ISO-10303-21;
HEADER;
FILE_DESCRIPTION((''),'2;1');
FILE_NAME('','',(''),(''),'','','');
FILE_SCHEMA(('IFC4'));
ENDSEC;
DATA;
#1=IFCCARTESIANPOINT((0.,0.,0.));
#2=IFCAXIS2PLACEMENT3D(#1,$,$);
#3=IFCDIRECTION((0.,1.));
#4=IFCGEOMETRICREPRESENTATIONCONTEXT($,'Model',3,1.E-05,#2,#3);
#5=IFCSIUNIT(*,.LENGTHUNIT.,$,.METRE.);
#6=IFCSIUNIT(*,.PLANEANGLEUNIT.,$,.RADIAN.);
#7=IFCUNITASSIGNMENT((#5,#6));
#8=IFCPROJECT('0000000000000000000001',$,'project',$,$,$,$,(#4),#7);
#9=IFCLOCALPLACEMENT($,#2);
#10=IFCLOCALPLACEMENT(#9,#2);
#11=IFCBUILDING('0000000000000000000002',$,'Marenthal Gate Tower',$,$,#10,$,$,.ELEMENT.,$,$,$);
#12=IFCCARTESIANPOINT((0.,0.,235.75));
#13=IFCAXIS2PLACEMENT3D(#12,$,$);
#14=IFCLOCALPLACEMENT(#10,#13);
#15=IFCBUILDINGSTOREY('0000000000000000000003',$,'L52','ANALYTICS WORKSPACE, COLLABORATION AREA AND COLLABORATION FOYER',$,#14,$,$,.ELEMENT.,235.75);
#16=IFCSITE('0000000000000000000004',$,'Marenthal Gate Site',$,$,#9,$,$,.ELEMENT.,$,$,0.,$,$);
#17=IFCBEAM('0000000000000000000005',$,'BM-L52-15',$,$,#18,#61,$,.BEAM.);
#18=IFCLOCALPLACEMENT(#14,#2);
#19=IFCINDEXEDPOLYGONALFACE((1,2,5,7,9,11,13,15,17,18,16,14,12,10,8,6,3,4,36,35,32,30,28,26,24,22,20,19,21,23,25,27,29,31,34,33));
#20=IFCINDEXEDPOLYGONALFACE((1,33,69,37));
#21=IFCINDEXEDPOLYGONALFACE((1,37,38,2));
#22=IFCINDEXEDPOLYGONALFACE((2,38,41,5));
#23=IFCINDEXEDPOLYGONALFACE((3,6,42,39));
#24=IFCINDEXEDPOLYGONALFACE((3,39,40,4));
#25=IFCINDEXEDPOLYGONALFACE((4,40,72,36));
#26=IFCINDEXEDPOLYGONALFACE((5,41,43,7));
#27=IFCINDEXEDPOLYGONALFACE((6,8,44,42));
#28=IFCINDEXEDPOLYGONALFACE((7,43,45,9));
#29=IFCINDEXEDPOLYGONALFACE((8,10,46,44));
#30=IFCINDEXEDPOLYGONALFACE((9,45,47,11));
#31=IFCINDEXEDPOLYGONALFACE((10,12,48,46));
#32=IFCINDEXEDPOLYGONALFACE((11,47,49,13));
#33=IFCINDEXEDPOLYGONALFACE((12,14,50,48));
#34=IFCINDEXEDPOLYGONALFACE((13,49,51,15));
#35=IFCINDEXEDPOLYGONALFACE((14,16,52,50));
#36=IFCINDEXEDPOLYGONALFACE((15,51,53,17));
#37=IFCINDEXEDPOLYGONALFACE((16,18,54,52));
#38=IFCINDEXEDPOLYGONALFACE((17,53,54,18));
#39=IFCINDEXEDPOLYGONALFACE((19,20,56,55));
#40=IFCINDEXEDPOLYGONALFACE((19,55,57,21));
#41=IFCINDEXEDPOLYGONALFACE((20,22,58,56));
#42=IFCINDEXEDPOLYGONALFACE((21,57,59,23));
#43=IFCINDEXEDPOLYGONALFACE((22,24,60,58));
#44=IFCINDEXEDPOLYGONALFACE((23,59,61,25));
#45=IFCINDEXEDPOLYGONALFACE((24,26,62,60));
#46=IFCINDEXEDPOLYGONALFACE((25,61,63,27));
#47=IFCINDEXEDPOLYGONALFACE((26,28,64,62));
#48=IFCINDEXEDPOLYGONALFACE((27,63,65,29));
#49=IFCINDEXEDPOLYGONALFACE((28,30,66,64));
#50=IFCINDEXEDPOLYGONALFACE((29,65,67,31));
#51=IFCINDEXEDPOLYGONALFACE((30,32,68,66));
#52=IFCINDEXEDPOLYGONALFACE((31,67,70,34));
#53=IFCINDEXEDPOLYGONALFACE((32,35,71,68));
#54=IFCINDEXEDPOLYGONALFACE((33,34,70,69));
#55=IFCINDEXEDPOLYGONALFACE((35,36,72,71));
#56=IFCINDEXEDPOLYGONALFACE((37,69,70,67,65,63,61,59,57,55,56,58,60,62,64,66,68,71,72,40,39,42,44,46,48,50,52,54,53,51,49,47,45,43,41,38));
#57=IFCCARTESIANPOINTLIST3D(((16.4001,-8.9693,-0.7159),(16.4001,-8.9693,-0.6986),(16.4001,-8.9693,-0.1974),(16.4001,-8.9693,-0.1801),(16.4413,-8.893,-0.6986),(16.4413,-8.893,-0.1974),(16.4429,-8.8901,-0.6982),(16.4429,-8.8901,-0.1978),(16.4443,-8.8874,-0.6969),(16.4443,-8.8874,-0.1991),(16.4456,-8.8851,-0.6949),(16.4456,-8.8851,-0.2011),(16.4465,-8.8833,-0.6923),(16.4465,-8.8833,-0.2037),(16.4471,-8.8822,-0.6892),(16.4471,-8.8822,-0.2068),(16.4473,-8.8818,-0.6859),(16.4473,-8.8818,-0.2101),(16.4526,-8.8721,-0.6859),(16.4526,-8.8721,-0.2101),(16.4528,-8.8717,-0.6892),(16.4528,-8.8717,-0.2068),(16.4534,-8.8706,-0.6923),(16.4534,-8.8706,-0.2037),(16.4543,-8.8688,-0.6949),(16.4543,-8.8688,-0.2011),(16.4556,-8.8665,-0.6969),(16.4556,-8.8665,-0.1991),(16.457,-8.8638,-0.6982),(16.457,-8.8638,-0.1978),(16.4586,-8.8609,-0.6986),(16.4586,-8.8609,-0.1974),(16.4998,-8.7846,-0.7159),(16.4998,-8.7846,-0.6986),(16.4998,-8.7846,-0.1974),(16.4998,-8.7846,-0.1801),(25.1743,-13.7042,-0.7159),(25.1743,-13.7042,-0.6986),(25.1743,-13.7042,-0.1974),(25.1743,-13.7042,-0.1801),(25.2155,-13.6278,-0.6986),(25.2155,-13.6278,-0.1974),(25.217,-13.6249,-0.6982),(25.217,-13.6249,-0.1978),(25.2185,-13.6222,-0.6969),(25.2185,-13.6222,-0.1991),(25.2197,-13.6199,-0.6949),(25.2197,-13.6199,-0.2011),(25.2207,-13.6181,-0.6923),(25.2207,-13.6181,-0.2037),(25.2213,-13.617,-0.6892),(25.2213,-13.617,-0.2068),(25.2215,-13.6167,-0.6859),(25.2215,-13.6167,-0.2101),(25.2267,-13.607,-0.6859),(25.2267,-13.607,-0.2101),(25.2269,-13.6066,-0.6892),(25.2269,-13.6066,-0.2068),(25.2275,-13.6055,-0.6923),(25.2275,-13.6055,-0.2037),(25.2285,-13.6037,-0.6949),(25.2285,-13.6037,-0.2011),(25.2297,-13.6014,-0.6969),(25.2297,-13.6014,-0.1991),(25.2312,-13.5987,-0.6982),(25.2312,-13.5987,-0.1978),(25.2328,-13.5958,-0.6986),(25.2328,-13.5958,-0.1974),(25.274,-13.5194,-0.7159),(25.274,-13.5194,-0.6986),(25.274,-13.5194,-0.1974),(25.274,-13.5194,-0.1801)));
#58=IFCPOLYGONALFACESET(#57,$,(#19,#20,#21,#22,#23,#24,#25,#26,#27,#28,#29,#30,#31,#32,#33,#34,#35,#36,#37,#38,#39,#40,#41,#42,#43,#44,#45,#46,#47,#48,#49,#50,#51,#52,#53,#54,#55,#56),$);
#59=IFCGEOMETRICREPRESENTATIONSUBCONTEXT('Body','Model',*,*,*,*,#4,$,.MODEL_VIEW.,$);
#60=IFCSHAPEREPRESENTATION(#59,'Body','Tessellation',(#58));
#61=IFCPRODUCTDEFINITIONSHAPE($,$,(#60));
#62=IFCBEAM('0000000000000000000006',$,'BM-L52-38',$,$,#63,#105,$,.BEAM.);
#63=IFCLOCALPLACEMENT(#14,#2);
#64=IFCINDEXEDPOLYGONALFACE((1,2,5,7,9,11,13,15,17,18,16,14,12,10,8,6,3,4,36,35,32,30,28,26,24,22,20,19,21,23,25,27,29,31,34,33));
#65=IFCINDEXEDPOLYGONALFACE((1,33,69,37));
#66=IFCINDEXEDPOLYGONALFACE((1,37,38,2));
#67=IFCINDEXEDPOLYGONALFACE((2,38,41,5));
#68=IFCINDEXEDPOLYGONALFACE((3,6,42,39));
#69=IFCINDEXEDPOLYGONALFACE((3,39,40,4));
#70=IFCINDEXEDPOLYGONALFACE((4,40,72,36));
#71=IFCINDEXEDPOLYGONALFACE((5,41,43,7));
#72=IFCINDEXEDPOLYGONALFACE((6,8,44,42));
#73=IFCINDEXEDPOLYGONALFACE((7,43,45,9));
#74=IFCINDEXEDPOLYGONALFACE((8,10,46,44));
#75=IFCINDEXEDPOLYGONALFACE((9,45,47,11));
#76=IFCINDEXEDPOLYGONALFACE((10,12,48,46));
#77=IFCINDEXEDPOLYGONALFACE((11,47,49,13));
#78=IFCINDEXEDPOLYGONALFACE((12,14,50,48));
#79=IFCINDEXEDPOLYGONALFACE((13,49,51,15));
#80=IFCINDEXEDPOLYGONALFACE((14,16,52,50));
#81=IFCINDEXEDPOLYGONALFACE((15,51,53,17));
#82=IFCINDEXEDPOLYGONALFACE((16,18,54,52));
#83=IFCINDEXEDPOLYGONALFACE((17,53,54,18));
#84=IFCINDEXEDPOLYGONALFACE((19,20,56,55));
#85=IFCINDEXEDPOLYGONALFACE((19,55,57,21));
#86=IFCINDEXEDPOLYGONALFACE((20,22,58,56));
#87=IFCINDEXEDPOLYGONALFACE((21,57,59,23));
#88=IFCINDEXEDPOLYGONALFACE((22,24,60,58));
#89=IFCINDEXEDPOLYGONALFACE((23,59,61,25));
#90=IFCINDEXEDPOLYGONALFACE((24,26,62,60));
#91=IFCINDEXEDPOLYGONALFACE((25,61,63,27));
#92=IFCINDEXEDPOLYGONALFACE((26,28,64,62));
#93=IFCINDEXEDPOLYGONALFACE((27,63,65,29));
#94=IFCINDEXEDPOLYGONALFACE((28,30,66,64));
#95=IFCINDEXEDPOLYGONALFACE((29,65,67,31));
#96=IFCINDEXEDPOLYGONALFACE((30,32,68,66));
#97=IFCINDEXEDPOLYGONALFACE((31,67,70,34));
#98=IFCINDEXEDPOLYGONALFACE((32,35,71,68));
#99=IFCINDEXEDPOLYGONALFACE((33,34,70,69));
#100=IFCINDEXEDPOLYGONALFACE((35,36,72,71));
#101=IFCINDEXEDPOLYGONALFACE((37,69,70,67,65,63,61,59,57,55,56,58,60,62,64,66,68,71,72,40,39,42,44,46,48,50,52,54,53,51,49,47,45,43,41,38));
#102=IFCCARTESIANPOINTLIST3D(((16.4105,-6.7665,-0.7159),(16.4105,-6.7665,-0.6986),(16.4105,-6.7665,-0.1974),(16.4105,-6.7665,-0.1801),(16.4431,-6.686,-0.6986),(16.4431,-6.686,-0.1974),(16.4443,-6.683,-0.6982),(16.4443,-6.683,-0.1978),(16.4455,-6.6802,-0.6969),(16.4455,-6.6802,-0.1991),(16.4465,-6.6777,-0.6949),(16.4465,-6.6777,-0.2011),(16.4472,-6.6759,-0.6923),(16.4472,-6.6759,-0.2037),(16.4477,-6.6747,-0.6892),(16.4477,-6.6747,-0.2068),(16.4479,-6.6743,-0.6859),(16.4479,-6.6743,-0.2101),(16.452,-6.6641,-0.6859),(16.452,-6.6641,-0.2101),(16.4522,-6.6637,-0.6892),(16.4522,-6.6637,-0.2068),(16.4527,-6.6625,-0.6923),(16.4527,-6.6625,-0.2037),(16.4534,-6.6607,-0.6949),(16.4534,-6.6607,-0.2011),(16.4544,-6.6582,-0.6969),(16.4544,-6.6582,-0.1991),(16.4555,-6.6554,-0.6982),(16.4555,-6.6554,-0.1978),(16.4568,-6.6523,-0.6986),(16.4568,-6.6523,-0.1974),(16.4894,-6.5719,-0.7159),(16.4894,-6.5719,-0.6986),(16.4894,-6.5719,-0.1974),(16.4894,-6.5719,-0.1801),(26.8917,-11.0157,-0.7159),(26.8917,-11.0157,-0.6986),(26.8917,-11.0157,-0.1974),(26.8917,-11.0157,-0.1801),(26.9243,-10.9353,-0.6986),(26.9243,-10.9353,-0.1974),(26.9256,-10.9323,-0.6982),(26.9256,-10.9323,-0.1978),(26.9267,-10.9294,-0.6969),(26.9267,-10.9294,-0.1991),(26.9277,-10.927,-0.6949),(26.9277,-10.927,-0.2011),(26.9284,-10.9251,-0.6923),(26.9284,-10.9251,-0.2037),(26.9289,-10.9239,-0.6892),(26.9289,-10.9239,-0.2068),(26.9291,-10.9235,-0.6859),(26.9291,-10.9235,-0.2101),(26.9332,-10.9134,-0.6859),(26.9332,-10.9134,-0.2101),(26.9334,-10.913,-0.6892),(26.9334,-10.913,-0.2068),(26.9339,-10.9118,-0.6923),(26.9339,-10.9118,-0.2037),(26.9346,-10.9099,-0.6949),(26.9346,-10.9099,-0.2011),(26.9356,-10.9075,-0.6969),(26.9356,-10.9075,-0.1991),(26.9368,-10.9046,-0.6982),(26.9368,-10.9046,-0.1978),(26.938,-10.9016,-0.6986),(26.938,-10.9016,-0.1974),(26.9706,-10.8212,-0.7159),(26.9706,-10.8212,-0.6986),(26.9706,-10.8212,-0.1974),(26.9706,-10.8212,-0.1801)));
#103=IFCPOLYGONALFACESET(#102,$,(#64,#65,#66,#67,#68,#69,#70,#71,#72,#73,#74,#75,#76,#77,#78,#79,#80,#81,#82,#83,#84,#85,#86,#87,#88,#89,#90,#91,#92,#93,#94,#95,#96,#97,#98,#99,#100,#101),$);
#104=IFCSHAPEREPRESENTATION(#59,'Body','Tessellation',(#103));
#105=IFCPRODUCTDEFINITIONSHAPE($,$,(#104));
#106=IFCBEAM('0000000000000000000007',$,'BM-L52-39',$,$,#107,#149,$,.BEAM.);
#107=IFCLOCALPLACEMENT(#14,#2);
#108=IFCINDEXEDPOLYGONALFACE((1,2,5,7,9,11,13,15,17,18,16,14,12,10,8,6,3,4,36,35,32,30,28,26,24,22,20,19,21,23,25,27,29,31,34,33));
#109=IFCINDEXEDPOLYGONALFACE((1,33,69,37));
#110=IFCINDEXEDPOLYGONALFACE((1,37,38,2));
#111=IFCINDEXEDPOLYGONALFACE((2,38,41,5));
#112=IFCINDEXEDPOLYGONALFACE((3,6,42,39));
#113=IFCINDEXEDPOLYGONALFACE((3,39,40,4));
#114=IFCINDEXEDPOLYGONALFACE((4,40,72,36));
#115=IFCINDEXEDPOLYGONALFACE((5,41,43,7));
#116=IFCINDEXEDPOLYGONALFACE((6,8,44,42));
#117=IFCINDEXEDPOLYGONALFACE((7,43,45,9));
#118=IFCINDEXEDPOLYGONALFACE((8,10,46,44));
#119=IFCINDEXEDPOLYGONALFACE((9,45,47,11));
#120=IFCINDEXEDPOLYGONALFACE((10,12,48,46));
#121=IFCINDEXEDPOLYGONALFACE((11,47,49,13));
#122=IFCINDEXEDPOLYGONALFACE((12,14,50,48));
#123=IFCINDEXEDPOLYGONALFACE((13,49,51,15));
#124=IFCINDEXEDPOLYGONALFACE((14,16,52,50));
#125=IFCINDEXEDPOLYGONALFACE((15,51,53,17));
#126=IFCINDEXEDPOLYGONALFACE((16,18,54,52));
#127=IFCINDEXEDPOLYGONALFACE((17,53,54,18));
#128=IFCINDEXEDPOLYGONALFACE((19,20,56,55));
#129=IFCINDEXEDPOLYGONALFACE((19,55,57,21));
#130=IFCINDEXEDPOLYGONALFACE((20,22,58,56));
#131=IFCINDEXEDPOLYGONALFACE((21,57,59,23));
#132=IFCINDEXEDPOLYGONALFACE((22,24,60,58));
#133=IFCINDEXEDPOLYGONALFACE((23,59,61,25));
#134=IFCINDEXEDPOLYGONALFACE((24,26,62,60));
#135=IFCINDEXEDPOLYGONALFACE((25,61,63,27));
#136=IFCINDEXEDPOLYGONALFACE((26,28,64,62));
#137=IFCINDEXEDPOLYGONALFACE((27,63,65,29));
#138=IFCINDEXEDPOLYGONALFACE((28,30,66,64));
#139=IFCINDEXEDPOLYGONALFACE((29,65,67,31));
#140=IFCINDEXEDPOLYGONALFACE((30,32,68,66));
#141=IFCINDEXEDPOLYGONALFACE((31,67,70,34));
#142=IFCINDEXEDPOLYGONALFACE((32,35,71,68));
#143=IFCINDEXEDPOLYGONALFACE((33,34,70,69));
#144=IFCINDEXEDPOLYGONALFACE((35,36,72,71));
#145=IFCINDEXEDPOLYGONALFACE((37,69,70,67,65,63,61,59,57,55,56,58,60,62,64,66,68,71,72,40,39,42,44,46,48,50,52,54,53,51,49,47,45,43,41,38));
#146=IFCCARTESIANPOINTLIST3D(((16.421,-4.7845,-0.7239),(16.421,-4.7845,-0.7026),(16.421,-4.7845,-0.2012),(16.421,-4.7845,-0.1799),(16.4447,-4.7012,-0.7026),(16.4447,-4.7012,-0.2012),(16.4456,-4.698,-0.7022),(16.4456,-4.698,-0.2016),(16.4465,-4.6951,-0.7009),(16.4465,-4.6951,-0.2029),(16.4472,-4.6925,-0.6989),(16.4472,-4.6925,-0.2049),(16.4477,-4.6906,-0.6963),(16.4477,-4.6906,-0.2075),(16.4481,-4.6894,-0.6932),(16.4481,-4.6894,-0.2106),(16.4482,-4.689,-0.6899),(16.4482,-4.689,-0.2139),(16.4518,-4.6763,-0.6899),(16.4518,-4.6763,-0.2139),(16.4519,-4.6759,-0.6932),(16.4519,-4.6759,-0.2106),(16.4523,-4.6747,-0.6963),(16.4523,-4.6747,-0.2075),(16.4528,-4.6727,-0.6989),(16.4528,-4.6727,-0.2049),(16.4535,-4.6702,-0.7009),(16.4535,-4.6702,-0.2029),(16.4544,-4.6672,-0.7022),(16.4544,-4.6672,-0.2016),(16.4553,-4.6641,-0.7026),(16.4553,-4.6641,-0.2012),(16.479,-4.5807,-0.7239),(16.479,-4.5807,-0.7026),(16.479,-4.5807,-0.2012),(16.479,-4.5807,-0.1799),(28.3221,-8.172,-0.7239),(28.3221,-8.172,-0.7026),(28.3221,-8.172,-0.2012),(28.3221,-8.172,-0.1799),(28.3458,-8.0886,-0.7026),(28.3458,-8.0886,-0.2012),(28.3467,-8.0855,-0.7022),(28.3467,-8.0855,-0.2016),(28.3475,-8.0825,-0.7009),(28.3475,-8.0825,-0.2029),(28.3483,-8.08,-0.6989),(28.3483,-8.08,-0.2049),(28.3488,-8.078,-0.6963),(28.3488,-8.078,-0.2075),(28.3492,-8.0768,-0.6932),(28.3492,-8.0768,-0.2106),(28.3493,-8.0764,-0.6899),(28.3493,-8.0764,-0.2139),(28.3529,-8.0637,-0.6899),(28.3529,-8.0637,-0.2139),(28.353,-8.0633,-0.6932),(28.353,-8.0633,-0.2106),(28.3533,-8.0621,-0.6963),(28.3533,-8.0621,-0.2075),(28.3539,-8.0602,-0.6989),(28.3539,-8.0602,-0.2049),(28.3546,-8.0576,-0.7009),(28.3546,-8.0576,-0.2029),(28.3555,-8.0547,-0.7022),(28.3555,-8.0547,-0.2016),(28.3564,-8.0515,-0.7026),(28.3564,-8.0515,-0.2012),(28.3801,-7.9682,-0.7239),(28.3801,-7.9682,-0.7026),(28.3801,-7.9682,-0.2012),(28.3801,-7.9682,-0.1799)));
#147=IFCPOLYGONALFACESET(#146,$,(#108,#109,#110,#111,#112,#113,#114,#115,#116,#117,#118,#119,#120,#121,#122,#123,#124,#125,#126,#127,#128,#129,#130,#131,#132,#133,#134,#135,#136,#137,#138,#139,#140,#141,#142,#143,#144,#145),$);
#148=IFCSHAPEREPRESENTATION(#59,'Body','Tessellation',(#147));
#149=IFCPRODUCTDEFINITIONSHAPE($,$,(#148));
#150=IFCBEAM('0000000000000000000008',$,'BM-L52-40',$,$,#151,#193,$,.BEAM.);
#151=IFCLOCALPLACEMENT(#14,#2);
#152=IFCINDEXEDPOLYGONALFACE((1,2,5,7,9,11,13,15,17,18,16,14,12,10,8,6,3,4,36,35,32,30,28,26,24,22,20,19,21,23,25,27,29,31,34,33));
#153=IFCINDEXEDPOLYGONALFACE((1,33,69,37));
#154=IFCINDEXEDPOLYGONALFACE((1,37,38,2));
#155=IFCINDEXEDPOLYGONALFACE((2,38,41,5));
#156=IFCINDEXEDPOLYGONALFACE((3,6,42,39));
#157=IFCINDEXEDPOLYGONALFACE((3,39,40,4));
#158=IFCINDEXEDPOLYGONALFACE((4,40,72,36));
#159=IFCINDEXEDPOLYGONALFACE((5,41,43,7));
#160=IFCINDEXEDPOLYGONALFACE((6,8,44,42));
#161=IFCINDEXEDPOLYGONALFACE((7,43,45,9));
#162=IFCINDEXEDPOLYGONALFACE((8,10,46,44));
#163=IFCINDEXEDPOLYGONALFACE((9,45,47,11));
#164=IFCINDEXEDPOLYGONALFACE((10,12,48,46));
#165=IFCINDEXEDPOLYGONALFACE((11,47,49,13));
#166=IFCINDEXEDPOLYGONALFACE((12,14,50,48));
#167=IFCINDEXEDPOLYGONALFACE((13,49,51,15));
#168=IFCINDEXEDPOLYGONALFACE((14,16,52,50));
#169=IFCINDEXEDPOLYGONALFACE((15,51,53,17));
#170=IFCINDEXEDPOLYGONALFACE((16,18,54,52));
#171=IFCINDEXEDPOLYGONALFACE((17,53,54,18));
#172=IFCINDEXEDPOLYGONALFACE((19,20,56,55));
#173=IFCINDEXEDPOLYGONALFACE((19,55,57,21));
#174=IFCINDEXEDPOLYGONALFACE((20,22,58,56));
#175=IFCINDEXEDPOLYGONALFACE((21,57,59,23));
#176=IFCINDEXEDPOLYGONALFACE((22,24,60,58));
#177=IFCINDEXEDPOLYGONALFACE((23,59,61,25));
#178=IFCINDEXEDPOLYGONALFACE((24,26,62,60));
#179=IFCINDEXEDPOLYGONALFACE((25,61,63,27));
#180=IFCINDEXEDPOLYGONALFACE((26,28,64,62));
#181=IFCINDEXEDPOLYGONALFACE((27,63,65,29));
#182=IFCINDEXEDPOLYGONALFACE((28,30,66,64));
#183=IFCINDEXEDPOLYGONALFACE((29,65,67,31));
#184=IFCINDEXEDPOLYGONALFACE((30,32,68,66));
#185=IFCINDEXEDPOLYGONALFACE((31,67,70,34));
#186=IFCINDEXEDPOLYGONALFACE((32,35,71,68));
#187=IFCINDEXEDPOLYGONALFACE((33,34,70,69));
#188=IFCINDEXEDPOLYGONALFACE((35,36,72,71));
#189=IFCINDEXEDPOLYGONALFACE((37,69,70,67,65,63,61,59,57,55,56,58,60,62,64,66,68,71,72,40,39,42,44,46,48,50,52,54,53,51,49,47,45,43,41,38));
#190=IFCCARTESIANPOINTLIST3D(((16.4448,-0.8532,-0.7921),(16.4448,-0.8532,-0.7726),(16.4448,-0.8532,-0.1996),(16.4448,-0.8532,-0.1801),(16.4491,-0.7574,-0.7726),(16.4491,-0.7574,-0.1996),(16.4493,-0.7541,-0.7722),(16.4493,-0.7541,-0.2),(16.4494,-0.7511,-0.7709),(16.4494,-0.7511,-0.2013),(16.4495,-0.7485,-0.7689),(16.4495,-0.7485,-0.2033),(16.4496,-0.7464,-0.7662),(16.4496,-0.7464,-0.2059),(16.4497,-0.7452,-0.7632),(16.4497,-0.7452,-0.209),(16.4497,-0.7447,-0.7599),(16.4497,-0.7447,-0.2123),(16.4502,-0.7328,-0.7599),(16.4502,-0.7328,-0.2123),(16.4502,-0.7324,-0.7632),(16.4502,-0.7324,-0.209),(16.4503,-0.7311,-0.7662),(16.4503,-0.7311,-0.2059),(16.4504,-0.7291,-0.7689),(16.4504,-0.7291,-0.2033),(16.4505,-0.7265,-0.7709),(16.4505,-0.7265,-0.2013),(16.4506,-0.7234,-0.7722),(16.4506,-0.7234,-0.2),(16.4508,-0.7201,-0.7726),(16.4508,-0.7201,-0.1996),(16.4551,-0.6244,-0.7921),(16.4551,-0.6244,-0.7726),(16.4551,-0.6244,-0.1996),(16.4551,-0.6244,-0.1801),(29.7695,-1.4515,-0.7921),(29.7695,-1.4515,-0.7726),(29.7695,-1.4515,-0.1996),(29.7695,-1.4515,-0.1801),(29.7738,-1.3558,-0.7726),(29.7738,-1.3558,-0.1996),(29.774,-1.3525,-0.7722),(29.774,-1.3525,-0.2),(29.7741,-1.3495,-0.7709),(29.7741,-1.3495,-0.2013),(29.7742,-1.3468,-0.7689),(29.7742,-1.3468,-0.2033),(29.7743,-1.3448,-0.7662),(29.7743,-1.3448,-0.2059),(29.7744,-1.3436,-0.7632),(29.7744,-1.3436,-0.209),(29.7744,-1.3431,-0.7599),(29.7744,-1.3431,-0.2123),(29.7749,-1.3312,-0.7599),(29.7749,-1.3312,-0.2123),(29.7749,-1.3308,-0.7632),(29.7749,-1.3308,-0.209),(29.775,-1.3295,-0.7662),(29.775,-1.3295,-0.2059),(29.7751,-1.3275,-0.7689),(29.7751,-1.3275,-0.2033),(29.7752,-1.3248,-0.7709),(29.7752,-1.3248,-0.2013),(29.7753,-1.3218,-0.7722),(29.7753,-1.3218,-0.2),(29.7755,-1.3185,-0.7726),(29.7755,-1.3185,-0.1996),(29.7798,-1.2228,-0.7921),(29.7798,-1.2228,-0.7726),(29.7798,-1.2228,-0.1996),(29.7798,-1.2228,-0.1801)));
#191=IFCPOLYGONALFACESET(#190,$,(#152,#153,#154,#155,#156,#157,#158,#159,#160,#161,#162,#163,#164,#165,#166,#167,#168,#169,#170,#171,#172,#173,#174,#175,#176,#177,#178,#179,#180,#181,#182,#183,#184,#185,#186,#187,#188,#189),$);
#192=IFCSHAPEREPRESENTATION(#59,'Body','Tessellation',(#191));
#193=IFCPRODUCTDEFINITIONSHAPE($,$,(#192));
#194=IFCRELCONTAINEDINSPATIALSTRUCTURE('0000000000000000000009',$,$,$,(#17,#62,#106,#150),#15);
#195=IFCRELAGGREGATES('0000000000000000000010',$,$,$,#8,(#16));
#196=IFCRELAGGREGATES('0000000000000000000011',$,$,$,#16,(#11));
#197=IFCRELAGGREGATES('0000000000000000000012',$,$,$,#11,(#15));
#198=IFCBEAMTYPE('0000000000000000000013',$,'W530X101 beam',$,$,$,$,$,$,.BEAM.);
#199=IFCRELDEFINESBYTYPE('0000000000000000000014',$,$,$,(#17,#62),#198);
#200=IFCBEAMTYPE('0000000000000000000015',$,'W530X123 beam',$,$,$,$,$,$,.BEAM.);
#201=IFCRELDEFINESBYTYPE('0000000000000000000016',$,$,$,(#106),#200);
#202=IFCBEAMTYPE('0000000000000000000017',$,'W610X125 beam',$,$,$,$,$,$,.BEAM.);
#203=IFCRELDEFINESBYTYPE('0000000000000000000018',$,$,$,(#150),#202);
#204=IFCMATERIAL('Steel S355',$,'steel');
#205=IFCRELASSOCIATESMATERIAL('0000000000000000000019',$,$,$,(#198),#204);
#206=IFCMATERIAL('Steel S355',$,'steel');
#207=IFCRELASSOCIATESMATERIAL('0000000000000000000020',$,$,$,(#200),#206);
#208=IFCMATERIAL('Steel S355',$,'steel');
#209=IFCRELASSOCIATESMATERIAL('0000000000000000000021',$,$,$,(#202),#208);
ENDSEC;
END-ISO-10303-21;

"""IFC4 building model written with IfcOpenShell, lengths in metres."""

from ifc_helpers import new_model, si_unit, direction, frame, origin, origin_2d, place, context, subcontext, project, spatial, i_section, extrude, material, material_profile, profile_set, type_object, element, save


model = new_model("IFC4")

# Units and contexts
model_context = context("Model", 3, precision=1e-05, world=origin(), true_north=direction((0.0, 1.0)))
body_context = subcontext(model_context, "Body", "Model", "MODEL_VIEW")
ifc_project = project(units=[si_unit("LENGTHUNIT", "METRE"), si_unit("PLANEANGLEUNIT", "RADIAN")], contexts=[model_context])

# Site, building, storey
site_placement = place(None, origin())
site = spatial("IfcSite", under=ifc_project, at=site_placement, Name="Marenthal Gate Site", CompositionType="ELEMENT", RefElevation=0.0)
building_placement = place(site_placement, origin())
building = spatial("IfcBuilding", under=site, at=building_placement, Name="Marenthal Gate Tower", CompositionType="ELEMENT")
storey_placement = place(building_placement, frame((0.0, 0.0, 235.75)))
storey = spatial("IfcBuildingStorey", under=building, at=storey_placement, Name="L52", Description="ANALYTICS WORKSPACE, COLLABORATION AREA AND COLLABORATION FOYER", CompositionType="ELEMENT", Elevation=235.75)

# Beams
ifc_material_1 = material(Name="Steel S355", Category="steel")
ifc_material_profile_1 = material_profile(ifc_material_1, i_section(OverallWidth=0.21, OverallDepth=0.5359, WebThickness=0.011, FlangeThickness=0.0173, FilletRadius=0.0127, at=origin_2d()), Name="W530X101")
ifc_profile_set_1 = profile_set([ifc_material_profile_1], Name="Steel S355")
beam_type_1 = type_object("IfcBeamType", Name="W530X101 beam", PredefinedType="BEAM", material=ifc_profile_set_1)
beam_1_placement = place(storey_placement, frame((25.2241, -13.6118, -0.448), z_axis=(-0.880039, 0.474901, 0.0), x_axis=(-0.474901, -0.880039, 0.0)))
element("IfcBeam", 1, at=beam_1_placement, inside=storey, type_object=beam_type_1, Name="BM-L52-15", PredefinedType="BEAM", context=body_context, shape_type="SweptSolid", body=[
    extrude(i_section(OverallWidth=0.21, OverallDepth=0.5359, WebThickness=0.011, FlangeThickness=0.0173, FilletRadius=0.0127, at=origin_2d()), origin(), (0.0, 0.0, 1.0), 9.9702),
])
beam_2_placement = place(storey_placement, frame((26.9312, -10.9185, -0.448), z_axis=(-0.926735, 0.375715, 0.0), x_axis=(-0.375715, -0.926735, 0.0)))
element("IfcBeam", 2, at=beam_2_placement, inside=storey, type_object=beam_type_1, Name="BM-L52-38", PredefinedType="BEAM", context=body_context, shape_type="SweptSolid", body=[
    extrude(i_section(OverallWidth=0.21, OverallDepth=0.5359, WebThickness=0.011, FlangeThickness=0.0173, FilletRadius=0.0127, at=origin_2d()), origin(), (0.0, 0.0, 1.0), 11.3098),
])
ifc_material_2 = material(Name="Steel S355", Category="steel")
ifc_material_profile_2 = material_profile(ifc_material_2, i_section(OverallWidth=0.2119, OverallDepth=0.5439, WebThickness=0.0132, FlangeThickness=0.0212, FilletRadius=0.0127, at=origin_2d()), Name="W530X123")
ifc_profile_set_2 = profile_set([ifc_material_profile_2], Name="Steel S355")
beam_type_2 = type_object("IfcBeamType", Name="W530X123 beam", PredefinedType="BEAM", material=ifc_profile_set_2)
beam_3_placement = place(storey_placement, frame((28.3511, -8.0701, -0.4519), z_axis=(-0.961798, 0.273759, 0.0), x_axis=(-0.273759, -0.961798, 0.0)))
element("IfcBeam", 3, at=beam_3_placement, inside=storey, type_object=beam_type_2, Name="BM-L52-39", PredefinedType="BEAM", context=body_context, shape_type="SweptSolid", body=[
    extrude(i_section(OverallWidth=0.2119, OverallDepth=0.5439, WebThickness=0.0132, FlangeThickness=0.0212, FilletRadius=0.0127, at=origin_2d()), origin(), (0.0, 0.0, 1.0), 12.3738),
])
ifc_material_3 = material(Name="Steel S355", Category="steel")
ifc_material_profile_3 = material_profile(ifc_material_3, i_section(OverallWidth=0.229, OverallDepth=0.6121, WebThickness=0.012, FlangeThickness=0.0195, FilletRadius=0.0127, at=origin_2d()), Name="W610X125")
ifc_profile_set_3 = profile_set([ifc_material_profile_3], Name="Steel S355")
beam_type_3 = type_object("IfcBeamType", Name="W610X125 beam", PredefinedType="BEAM", material=ifc_profile_set_3)
beam_4_placement = place(storey_placement, frame((29.7747, -1.3372, -0.4861), z_axis=(-0.998993, 0.044863, 0.0), x_axis=(-0.044863, -0.998993, 0.0)))
element("IfcBeam", 4, at=beam_4_placement, inside=storey, type_object=beam_type_3, Name="BM-L52-40", PredefinedType="BEAM", context=body_context, shape_type="SweptSolid", body=[
    extrude(i_section(OverallWidth=0.229, OverallDepth=0.6121, WebThickness=0.012, FlangeThickness=0.0195, FilletRadius=0.0127, at=origin_2d()), origin(), (0.0, 0.0, 1.0), 13.3381),
])

save(model, "model.ifc")
